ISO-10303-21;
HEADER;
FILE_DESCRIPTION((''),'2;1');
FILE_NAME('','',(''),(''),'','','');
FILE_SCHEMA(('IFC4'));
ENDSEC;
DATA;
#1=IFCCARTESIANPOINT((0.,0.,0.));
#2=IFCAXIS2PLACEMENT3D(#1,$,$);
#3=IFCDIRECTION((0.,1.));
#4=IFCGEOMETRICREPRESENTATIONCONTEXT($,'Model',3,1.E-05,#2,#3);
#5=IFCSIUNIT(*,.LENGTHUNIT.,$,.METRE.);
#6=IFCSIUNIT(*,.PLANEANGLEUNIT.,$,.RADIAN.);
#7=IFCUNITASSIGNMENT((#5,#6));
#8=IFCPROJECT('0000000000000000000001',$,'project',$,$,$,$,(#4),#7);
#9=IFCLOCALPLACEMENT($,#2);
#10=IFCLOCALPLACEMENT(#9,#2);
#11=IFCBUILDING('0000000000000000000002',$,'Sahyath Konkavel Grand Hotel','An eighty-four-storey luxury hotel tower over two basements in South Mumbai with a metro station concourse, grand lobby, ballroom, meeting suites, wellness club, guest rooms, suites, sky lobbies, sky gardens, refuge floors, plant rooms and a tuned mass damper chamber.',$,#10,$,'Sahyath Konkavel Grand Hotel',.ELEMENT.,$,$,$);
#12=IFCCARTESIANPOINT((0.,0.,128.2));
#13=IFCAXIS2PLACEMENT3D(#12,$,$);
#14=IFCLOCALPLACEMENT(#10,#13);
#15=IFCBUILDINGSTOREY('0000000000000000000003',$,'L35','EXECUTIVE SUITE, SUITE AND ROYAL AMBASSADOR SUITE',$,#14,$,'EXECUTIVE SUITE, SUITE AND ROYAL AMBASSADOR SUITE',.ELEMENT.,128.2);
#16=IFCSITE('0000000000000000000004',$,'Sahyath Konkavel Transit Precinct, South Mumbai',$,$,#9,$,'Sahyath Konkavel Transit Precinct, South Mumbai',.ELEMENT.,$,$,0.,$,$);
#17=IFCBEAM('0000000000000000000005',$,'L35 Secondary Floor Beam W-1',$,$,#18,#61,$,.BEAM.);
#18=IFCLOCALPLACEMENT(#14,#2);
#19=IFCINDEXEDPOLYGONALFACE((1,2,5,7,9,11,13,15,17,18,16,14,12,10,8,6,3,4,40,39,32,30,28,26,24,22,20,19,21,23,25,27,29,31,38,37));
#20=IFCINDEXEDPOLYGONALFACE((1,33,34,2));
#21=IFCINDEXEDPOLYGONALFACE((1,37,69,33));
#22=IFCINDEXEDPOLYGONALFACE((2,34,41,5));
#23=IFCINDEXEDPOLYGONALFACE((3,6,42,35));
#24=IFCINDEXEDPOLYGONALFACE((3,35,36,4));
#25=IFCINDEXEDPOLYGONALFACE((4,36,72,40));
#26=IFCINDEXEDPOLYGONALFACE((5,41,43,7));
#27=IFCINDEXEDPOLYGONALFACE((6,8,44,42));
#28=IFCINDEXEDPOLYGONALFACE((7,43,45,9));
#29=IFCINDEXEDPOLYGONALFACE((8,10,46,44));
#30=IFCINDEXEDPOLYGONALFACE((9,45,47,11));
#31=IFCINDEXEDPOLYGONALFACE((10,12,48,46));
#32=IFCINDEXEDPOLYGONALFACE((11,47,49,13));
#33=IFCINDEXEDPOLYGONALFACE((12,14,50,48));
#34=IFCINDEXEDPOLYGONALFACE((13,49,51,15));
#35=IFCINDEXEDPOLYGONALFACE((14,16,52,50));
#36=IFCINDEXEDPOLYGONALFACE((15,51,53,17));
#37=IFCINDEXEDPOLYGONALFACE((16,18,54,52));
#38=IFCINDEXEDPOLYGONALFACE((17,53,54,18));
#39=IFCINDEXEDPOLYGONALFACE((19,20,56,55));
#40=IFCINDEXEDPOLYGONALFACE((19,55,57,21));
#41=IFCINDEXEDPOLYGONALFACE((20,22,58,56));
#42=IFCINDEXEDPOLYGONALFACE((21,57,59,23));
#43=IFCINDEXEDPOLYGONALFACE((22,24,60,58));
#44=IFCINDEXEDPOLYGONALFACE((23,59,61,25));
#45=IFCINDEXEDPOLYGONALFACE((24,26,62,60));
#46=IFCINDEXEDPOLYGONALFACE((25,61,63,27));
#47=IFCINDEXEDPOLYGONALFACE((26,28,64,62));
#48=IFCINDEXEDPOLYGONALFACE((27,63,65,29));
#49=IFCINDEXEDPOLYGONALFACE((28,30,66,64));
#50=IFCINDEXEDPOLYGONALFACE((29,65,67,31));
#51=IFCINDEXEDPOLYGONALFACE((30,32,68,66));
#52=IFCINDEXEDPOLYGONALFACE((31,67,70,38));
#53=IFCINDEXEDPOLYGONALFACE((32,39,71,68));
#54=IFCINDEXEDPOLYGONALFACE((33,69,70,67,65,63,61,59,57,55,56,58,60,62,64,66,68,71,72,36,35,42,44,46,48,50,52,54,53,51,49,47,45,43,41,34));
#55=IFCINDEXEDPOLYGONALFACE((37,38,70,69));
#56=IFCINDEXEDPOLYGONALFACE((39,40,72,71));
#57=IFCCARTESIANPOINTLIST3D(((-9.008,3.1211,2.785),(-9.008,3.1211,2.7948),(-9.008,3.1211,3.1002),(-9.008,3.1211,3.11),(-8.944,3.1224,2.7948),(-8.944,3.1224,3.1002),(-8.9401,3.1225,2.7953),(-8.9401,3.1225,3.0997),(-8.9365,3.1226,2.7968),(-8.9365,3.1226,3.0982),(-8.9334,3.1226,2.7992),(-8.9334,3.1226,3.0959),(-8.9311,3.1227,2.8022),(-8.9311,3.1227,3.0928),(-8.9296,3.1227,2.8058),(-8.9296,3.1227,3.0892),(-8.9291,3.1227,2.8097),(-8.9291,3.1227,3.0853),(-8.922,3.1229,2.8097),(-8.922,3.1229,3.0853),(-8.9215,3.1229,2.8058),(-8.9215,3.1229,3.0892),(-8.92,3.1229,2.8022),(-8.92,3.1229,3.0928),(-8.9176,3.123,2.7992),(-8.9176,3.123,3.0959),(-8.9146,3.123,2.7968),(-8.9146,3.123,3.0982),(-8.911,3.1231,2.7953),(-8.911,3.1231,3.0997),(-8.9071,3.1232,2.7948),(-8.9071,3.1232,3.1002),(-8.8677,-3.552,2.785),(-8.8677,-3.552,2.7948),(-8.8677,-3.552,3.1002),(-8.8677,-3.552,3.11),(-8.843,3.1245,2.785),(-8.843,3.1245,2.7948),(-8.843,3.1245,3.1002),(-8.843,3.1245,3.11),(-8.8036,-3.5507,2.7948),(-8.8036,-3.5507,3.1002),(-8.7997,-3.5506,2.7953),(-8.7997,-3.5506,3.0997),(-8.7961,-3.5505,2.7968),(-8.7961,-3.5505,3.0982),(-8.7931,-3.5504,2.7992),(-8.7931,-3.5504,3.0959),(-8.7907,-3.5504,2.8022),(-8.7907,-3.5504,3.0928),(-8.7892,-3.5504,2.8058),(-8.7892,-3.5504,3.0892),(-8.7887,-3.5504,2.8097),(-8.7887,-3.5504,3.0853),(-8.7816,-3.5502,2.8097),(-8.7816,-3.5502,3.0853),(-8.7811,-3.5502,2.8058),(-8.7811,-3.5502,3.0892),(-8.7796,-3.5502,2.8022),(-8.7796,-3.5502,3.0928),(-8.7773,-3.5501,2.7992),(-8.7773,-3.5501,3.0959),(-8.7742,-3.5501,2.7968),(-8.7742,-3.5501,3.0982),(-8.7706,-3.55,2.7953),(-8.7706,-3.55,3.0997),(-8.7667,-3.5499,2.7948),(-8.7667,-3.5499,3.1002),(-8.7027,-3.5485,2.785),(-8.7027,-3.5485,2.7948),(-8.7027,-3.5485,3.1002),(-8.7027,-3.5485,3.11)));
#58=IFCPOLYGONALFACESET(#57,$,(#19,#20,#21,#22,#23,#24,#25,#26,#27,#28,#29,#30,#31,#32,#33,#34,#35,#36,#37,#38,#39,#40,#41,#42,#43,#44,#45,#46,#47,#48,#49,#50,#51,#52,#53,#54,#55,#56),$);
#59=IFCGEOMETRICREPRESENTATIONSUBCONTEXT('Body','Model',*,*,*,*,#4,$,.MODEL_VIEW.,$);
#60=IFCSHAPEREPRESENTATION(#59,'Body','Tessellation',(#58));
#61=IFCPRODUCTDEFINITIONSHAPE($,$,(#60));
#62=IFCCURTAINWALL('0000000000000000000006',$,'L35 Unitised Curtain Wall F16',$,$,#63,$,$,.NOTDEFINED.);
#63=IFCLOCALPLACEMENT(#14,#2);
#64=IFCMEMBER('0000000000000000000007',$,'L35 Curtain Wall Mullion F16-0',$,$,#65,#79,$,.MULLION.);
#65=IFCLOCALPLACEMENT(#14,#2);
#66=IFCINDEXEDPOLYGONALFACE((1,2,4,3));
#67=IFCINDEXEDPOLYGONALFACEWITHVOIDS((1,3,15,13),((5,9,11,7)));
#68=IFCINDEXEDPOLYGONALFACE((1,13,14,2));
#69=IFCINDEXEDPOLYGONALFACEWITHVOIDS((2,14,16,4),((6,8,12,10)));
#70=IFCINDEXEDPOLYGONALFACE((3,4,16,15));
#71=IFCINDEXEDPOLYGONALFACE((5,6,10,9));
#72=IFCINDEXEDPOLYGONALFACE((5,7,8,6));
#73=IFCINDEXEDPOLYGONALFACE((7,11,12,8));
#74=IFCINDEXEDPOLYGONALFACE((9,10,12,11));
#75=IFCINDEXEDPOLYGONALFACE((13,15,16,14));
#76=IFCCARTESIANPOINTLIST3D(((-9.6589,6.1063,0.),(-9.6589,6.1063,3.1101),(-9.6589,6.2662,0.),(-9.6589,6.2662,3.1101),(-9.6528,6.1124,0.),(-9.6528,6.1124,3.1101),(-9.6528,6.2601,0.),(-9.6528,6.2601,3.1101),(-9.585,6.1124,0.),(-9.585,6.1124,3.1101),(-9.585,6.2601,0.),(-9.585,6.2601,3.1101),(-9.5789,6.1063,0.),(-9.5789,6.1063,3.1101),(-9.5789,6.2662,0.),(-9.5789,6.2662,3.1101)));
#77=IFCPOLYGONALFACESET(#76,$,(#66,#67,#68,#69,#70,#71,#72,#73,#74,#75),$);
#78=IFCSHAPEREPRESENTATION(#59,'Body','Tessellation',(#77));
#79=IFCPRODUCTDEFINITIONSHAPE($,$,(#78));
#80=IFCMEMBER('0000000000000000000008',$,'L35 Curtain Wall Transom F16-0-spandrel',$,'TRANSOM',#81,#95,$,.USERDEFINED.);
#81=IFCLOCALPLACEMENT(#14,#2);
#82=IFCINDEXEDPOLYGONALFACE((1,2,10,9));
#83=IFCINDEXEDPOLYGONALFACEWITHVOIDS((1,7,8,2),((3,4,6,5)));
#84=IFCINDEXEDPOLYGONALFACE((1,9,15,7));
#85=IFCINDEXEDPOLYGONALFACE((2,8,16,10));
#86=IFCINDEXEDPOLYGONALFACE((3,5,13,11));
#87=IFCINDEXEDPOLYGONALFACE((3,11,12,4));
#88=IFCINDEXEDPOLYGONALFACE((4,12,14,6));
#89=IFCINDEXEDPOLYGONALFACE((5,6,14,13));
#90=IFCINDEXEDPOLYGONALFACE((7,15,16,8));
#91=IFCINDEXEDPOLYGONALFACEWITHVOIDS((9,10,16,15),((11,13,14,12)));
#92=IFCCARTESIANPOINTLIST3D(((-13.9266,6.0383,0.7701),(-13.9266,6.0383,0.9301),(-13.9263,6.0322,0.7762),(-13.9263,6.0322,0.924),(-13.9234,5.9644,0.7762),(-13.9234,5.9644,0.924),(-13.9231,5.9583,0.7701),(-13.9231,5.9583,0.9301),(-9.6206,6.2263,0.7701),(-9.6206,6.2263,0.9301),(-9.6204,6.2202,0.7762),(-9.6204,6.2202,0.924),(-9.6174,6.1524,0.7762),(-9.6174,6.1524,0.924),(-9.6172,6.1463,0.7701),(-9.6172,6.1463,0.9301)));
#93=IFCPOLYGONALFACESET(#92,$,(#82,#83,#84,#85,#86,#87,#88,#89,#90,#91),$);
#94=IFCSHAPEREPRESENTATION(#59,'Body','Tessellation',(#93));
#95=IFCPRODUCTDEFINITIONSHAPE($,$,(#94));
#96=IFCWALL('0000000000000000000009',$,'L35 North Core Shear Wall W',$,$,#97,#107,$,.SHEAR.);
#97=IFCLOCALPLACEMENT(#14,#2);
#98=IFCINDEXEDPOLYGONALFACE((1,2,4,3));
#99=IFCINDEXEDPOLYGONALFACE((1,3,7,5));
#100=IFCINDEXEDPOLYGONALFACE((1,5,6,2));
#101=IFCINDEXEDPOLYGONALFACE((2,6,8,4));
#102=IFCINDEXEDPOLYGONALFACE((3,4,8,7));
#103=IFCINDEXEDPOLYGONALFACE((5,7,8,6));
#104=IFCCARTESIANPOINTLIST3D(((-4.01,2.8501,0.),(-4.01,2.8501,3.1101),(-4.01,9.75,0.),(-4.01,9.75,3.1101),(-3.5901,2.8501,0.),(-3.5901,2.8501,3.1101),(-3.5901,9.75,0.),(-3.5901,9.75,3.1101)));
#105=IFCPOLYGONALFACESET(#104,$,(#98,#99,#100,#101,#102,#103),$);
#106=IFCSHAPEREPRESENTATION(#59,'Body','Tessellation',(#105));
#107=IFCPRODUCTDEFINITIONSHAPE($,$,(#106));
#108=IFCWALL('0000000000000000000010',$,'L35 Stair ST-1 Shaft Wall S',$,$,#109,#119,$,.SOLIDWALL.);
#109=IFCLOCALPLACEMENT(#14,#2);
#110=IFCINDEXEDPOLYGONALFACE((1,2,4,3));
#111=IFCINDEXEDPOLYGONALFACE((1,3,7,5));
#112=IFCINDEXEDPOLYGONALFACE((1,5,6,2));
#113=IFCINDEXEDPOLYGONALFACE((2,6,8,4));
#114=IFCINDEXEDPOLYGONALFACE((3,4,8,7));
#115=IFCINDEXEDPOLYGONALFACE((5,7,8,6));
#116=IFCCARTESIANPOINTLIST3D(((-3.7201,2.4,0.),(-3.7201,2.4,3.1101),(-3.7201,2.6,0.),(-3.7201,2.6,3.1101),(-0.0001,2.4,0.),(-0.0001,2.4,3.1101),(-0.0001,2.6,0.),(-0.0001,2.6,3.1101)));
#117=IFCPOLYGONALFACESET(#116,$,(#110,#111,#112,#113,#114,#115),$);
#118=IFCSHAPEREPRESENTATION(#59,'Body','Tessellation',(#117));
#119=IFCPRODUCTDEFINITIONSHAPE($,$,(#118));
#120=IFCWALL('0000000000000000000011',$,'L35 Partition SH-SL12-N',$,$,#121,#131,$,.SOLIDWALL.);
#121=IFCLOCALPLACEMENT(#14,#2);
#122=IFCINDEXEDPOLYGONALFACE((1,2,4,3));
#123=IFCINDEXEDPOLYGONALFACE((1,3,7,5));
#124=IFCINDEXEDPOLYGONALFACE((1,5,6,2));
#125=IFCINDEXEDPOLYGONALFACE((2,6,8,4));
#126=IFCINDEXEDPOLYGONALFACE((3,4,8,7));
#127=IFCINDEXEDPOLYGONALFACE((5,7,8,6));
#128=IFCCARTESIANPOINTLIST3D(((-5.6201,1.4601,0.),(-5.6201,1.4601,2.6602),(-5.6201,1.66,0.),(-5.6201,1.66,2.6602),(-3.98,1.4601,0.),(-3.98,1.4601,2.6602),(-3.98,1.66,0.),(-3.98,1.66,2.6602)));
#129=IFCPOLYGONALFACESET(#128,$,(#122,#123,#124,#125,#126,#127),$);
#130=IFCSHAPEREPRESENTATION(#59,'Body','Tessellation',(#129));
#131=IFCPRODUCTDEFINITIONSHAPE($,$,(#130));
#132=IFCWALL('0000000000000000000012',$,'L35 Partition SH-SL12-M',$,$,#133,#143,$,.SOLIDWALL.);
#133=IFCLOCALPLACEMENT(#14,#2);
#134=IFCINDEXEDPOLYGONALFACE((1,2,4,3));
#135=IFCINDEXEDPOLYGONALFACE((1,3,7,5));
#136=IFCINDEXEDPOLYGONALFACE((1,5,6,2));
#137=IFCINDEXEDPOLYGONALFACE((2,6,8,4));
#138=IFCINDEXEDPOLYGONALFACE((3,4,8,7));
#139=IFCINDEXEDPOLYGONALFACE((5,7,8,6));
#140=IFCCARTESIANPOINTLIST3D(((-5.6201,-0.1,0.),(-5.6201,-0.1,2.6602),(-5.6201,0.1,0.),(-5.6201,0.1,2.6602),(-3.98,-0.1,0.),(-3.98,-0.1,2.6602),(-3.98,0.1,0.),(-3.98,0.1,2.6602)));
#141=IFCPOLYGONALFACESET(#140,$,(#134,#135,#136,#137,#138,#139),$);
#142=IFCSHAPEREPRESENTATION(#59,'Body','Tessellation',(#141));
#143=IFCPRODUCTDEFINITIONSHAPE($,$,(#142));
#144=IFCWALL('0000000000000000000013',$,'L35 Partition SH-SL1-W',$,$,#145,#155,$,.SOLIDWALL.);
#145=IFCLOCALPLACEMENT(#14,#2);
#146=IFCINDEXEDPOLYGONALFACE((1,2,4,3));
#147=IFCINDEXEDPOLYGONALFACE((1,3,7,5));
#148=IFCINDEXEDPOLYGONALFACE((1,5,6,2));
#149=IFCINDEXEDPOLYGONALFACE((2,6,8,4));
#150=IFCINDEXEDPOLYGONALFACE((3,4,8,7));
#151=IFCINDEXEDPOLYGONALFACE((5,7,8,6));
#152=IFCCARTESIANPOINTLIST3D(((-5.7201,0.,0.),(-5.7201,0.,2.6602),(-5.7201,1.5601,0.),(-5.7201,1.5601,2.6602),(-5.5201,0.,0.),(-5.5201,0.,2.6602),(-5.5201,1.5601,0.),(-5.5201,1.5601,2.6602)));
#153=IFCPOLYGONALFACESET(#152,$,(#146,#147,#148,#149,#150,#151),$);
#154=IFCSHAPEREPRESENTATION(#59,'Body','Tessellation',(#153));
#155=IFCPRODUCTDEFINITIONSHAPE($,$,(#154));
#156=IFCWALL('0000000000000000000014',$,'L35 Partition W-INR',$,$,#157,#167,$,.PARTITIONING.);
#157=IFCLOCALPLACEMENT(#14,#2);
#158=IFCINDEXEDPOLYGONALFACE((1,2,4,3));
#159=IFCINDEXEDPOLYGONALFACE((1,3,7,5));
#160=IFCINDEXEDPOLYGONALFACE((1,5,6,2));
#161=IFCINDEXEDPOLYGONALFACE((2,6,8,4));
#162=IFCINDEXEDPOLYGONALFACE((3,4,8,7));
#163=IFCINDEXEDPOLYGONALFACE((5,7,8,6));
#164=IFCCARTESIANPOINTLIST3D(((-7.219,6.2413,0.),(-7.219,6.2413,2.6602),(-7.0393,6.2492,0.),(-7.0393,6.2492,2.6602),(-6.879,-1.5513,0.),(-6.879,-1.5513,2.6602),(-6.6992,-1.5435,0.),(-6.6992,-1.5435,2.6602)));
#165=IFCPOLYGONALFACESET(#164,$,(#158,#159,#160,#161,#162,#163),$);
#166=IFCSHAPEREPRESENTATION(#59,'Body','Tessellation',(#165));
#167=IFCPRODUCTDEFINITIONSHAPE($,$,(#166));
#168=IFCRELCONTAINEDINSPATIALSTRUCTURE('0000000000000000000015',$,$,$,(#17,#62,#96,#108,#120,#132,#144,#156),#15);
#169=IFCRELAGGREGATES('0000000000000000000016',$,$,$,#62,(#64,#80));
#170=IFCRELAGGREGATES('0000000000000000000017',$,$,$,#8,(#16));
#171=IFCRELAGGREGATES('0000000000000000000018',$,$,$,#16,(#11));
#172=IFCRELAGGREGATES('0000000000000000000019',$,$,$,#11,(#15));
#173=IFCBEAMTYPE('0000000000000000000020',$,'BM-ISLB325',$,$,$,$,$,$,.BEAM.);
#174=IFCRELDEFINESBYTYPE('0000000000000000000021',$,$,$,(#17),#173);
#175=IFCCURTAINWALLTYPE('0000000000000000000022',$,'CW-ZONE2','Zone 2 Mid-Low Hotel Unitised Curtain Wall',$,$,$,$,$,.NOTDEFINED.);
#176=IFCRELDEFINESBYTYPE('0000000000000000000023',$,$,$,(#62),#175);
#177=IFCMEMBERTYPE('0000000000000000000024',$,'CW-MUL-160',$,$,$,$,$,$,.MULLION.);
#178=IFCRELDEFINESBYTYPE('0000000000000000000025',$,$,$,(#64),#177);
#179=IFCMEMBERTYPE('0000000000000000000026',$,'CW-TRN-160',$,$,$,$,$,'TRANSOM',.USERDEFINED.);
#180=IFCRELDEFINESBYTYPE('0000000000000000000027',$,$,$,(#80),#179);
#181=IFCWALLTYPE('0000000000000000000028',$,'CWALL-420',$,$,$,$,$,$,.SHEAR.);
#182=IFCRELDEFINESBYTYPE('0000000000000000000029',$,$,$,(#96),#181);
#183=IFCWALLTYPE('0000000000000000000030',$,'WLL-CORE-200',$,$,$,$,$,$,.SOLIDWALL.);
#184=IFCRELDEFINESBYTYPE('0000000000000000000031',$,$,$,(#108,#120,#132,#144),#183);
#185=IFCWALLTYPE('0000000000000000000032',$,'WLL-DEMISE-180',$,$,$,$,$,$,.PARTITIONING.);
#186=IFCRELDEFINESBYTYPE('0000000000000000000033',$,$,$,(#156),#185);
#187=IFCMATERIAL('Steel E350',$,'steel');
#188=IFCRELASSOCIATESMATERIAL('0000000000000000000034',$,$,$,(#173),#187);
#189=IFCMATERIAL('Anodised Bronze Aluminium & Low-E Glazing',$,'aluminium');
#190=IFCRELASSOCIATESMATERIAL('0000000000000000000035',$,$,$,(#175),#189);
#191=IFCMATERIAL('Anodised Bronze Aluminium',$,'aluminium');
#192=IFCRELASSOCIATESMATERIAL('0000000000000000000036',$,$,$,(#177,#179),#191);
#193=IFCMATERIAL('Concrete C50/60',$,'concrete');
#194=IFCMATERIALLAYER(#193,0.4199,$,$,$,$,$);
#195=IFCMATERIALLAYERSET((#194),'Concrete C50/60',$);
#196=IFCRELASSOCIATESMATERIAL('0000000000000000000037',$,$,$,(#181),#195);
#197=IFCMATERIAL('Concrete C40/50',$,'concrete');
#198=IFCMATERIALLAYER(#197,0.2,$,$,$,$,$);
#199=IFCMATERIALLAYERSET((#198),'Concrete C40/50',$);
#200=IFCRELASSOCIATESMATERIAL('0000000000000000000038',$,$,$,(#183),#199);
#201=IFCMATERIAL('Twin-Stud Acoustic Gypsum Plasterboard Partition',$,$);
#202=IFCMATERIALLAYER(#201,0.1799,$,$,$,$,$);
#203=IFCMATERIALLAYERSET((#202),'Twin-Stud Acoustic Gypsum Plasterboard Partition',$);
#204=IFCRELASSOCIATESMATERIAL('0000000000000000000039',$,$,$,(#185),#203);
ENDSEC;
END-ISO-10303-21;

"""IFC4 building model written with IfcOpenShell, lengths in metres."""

from ifc_helpers import new_model, si_unit, direction, frame, frame_2d, origin, origin_2d, place, context, subcontext, project, spatial, rectangle, hollow_rectangle, i_section, extrude, source, transform, mapped, material, layer, layer_set, material_profile, profile_set, type_object, element, aggregate, save


model = new_model("IFC4")

# Units and contexts
model_context = context("Model", 3, precision=1e-05, world=origin(), true_north=direction((0.0, 1.0)))
body_context = subcontext(model_context, "Body", "Model", "MODEL_VIEW")
ifc_project = project(units=[si_unit("LENGTHUNIT", "METRE"), si_unit("PLANEANGLEUNIT", "RADIAN")], contexts=[model_context])

# Site, building, storey
site_placement = place(None, origin())
site = spatial("IfcSite", under=ifc_project, at=site_placement, Name="Sahyath Konkavel Transit Precinct, South Mumbai", LongName="Sahyath Konkavel Transit Precinct, South Mumbai", CompositionType="ELEMENT", RefElevation=0.0)
building_placement = place(site_placement, origin())
building = spatial("IfcBuilding", under=site, at=building_placement, Name="Sahyath Konkavel Grand Hotel", Description="An eighty-four-storey luxury hotel tower over two basements in South Mumbai with a metro station concourse, grand lobby, ballroom, meeting suites, wellness club, guest rooms, suites, sky lobbies, sky gardens, refuge floors, plant rooms and a tuned mass damper chamber.", LongName="Sahyath Konkavel Grand Hotel", CompositionType="ELEMENT")
storey_placement = place(building_placement, frame((0.0, 0.0, 128.2)))
storey = spatial("IfcBuildingStorey", under=building, at=storey_placement, Name="L35", Description="EXECUTIVE SUITE, SUITE AND ROYAL AMBASSADOR SUITE", LongName="EXECUTIVE SUITE, SUITE AND ROYAL AMBASSADOR SUITE", CompositionType="ELEMENT", Elevation=128.2)

# Shared definitions
ifc_material_1 = material(Name="Concrete C50/60", Category="concrete")

# Beam
ifc_material_2 = material(Name="Steel E350", Category="steel")
ifc_material_profile_1 = material_profile(ifc_material_2, i_section(OverallWidth=0.165, OverallDepth=0.325, WebThickness=0.0071, FlangeThickness=0.0098, FilletRadius=0.0149, at=origin_2d()), Name="ISLB 325")
ifc_profile_set_1 = profile_set([ifc_material_profile_1], Name="Steel E350")
beam_type_1 = type_object("IfcBeamType", Name="BM-ISLB325", PredefinedType="BEAM", material=ifc_profile_set_1)
shared_shape_1 = source(origin(), body_context, "Body", "SweptSolid", [
    extrude(i_section(OverallWidth=0.165, OverallDepth=0.325, WebThickness=0.0071, FlangeThickness=0.0098, FilletRadius=0.0149, at=origin_2d()), origin(), (0.0, 0.0, 1.0), 6.6746),
])
beam_1_placement = place(storey_placement, frame((-8.9255, 3.1228, 2.9475), z_axis=(0.021032, -0.999779, 0.0), x_axis=(0.999779, 0.021032, 0.0)))
element("IfcBeam", 1, at=beam_1_placement, inside=storey, type_object=beam_type_1, Name="L35 Secondary Floor Beam W-1", PredefinedType="BEAM", context=body_context, shape_type="MappedRepresentation", body=[
    mapped(shared_shape_1, transform((0.0, 0.0, 0.0), scale=1.0)),
])

# Curtain wall, members
ifc_material_3 = material(Name="Anodised Bronze Aluminium & Low-E Glazing", Category="aluminium")
curtain_wall_type = type_object("IfcCurtainWallType", Name="CW-ZONE2", Description="Zone 2 Mid-Low Hotel Unitised Curtain Wall", PredefinedType="NOTDEFINED", material=ifc_material_3)
curtain_wall_placement = place(storey_placement, origin())
curtain_wall = element("IfcCurtainWall", 2, at=curtain_wall_placement, inside=storey, type_object=curtain_wall_type, Name="L35 Unitised Curtain Wall F16", PredefinedType="NOTDEFINED")
ifc_material_4 = material(Name="Anodised Bronze Aluminium", Category="aluminium")
ifc_material_profile_2 = material_profile(ifc_material_4, hollow_rectangle(XDim=0.0801, YDim=0.1599, WallThickness=0.0061, at=origin_2d()), Name="RHS 160x80x6")
ifc_profile_set_2 = profile_set([ifc_material_profile_2], Name="Anodised Bronze Aluminium")
member_type_1 = type_object("IfcMemberType", Name="CW-MUL-160", PredefinedType="MULLION", material=ifc_profile_set_2)
shared_shape_2 = source(origin(), body_context, "Body", "SweptSolid", [
    extrude(hollow_rectangle(XDim=0.0801, YDim=0.1599, WallThickness=0.0061, at=origin_2d()), origin(), (0.0, 0.0, 1.0), 3.1101),
])
member_1_placement = place(storey_placement, frame((-9.6189, 6.1863, 0.0), z_axis=(0.0, 0.0, 1.0), x_axis=(1.0, 0.0, 0.0)))
member_1 = element("IfcMember", 3, at=member_1_placement, type_object=member_type_1, Name="L35 Curtain Wall Mullion F16-0", PredefinedType="MULLION", context=body_context, shape_type="MappedRepresentation", body=[
    mapped(shared_shape_2, transform((0.0, 0.0, 0.0), scale=1.0)),
])
ifc_material_profile_3 = material_profile(ifc_material_4, hollow_rectangle(XDim=0.0801, YDim=0.1599, WallThickness=0.0061, at=origin_2d()), Name="RHS 160x80x6")
ifc_profile_set_3 = profile_set([ifc_material_profile_3], Name="Anodised Bronze Aluminium")
member_type_2 = type_object("IfcMemberType", Name="CW-TRN-160", ElementType="TRANSOM", PredefinedType="USERDEFINED", material=ifc_profile_set_3)
shared_shape_3 = source(origin(), body_context, "Body", "SweptSolid", [
    extrude(hollow_rectangle(XDim=0.0801, YDim=0.1599, WallThickness=0.0061, at=origin_2d()), origin(), (0.0, 0.0, 1.0), 4.3101),
])
member_2_placement = place(storey_placement, frame((-9.6189, 6.1863, 0.8501), z_axis=(-0.999048, -0.043617, 0.0), x_axis=(0.043617, -0.999048, 0.0)))
member_2 = element("IfcMember", 4, at=member_2_placement, type_object=member_type_2, Name="L35 Curtain Wall Transom F16-0-spandrel", ObjectType="TRANSOM", PredefinedType="USERDEFINED", context=body_context, shape_type="MappedRepresentation", body=[
    mapped(shared_shape_3, transform((0.0, 0.0, 0.0), scale=1.0)),
])
aggregate(curtain_wall, [member_1, member_2])

# Walls
ifc_layer_1 = layer(ifc_material_1, 0.4199)
ifc_layer_set_1 = layer_set([ifc_layer_1], Name="Concrete C50/60")
wall_type_1 = type_object("IfcWallType", Name="CWALL-420", PredefinedType="SHEAR", material=ifc_layer_set_1)
wall_1_placement = place(storey_placement, frame((-3.8, 2.8501, 0.0), z_axis=(0.0, 0.0, 1.0), x_axis=(0.0, 1.0, 0.0)))
element("IfcWall", 5, at=wall_1_placement, inside=storey, type_object=wall_type_1, Name="L35 North Core Shear Wall W", PredefinedType="SHEAR", context=body_context, shape_type="SweptSolid", body=[
    extrude(rectangle(XDim=6.8999, YDim=0.4199, at=frame_2d((3.45, 0.0))), origin(), (0.0, 0.0, 1.0), 3.1101),
])
ifc_material_5 = material(Name="Concrete C40/50", Category="concrete")
ifc_layer_2 = layer(ifc_material_5, 0.2)
ifc_layer_set_2 = layer_set([ifc_layer_2], Name="Concrete C40/50")
wall_type_2 = type_object("IfcWallType", Name="WLL-CORE-200", PredefinedType="SOLIDWALL", material=ifc_layer_set_2)
wall_2_placement = place(storey_placement, frame((-3.72, 2.5, 0.0), z_axis=(0.0, 0.0, 1.0), x_axis=(1.0, 0.0, 0.0)))
element("IfcWall", 6, at=wall_2_placement, inside=storey, type_object=wall_type_2, Name="L35 Stair ST-1 Shaft Wall S", PredefinedType="SOLIDWALL", context=body_context, shape_type="SweptSolid", body=[
    extrude(rectangle(XDim=3.72, YDim=0.2, at=frame_2d((1.8599, 0.0))), origin(), (0.0, 0.0, 1.0), 3.1101),
])
for number, where, z_axis, x_axis, name in (
    (7, (-5.6201, 1.5601, 0.0), (0.0, 0.0, 1.0), (1.0, 0.0, 0.0), "L35 Partition SH-SL12-N"),
    (8, (-5.6201, 0.0, 0.0), (0.0, 0.0, 1.0), (1.0, 0.0, 0.0), "L35 Partition SH-SL12-M"),
):
    element("IfcWall", number, at=place(storey_placement, frame(where, z_axis=z_axis, x_axis=x_axis)), inside=storey, type_object=wall_type_2, Name=name, PredefinedType="SOLIDWALL", context=body_context, shape_type="SweptSolid", body=[
        extrude(rectangle(XDim=1.6401, YDim=0.2, at=frame_2d((0.8201, 0.0))), origin(), (0.0, 0.0, 1.0), 2.6602),
    ])
wall_3_placement = place(storey_placement, frame((-5.6201, 0.0, 0.0), z_axis=(0.0, 0.0, 1.0), x_axis=(0.0, 1.0, 0.0)))
element("IfcWall", 9, at=wall_3_placement, inside=storey, type_object=wall_type_2, Name="L35 Partition SH-SL1-W", PredefinedType="SOLIDWALL", context=body_context, shape_type="SweptSolid", body=[
    extrude(rectangle(XDim=1.5601, YDim=0.2, at=frame_2d((0.78, 0.0))), origin(), (0.0, 0.0, 1.0), 2.6602),
])
ifc_material_6 = material(Name="Twin-Stud Acoustic Gypsum Plasterboard Partition")
ifc_layer_3 = layer(ifc_material_6, 0.1799)
ifc_layer_set_3 = layer_set([ifc_layer_3], Name="Twin-Stud Acoustic Gypsum Plasterboard Partition")
wall_type_3 = type_object("IfcWallType", Name="WLL-DEMISE-180", PredefinedType="PARTITIONING", material=ifc_layer_set_3)
wall_4_placement = place(storey_placement, frame((-7.1292, 6.2451, 0.0), z_axis=(0.0, 0.0, 1.0), x_axis=(0.0436, -0.999049, 0.0)))
element("IfcWall", 10, at=wall_4_placement, inside=storey, type_object=wall_type_3, Name="L35 Partition W-INR", PredefinedType="PARTITIONING", context=body_context, shape_type="SweptSolid", body=[
    extrude(rectangle(XDim=7.8, YDim=0.1799, at=frame_2d((3.8999, 0.0))), origin(), (0.0, 0.0, 1.0), 2.6602),
])

save(model, "model.ifc")
